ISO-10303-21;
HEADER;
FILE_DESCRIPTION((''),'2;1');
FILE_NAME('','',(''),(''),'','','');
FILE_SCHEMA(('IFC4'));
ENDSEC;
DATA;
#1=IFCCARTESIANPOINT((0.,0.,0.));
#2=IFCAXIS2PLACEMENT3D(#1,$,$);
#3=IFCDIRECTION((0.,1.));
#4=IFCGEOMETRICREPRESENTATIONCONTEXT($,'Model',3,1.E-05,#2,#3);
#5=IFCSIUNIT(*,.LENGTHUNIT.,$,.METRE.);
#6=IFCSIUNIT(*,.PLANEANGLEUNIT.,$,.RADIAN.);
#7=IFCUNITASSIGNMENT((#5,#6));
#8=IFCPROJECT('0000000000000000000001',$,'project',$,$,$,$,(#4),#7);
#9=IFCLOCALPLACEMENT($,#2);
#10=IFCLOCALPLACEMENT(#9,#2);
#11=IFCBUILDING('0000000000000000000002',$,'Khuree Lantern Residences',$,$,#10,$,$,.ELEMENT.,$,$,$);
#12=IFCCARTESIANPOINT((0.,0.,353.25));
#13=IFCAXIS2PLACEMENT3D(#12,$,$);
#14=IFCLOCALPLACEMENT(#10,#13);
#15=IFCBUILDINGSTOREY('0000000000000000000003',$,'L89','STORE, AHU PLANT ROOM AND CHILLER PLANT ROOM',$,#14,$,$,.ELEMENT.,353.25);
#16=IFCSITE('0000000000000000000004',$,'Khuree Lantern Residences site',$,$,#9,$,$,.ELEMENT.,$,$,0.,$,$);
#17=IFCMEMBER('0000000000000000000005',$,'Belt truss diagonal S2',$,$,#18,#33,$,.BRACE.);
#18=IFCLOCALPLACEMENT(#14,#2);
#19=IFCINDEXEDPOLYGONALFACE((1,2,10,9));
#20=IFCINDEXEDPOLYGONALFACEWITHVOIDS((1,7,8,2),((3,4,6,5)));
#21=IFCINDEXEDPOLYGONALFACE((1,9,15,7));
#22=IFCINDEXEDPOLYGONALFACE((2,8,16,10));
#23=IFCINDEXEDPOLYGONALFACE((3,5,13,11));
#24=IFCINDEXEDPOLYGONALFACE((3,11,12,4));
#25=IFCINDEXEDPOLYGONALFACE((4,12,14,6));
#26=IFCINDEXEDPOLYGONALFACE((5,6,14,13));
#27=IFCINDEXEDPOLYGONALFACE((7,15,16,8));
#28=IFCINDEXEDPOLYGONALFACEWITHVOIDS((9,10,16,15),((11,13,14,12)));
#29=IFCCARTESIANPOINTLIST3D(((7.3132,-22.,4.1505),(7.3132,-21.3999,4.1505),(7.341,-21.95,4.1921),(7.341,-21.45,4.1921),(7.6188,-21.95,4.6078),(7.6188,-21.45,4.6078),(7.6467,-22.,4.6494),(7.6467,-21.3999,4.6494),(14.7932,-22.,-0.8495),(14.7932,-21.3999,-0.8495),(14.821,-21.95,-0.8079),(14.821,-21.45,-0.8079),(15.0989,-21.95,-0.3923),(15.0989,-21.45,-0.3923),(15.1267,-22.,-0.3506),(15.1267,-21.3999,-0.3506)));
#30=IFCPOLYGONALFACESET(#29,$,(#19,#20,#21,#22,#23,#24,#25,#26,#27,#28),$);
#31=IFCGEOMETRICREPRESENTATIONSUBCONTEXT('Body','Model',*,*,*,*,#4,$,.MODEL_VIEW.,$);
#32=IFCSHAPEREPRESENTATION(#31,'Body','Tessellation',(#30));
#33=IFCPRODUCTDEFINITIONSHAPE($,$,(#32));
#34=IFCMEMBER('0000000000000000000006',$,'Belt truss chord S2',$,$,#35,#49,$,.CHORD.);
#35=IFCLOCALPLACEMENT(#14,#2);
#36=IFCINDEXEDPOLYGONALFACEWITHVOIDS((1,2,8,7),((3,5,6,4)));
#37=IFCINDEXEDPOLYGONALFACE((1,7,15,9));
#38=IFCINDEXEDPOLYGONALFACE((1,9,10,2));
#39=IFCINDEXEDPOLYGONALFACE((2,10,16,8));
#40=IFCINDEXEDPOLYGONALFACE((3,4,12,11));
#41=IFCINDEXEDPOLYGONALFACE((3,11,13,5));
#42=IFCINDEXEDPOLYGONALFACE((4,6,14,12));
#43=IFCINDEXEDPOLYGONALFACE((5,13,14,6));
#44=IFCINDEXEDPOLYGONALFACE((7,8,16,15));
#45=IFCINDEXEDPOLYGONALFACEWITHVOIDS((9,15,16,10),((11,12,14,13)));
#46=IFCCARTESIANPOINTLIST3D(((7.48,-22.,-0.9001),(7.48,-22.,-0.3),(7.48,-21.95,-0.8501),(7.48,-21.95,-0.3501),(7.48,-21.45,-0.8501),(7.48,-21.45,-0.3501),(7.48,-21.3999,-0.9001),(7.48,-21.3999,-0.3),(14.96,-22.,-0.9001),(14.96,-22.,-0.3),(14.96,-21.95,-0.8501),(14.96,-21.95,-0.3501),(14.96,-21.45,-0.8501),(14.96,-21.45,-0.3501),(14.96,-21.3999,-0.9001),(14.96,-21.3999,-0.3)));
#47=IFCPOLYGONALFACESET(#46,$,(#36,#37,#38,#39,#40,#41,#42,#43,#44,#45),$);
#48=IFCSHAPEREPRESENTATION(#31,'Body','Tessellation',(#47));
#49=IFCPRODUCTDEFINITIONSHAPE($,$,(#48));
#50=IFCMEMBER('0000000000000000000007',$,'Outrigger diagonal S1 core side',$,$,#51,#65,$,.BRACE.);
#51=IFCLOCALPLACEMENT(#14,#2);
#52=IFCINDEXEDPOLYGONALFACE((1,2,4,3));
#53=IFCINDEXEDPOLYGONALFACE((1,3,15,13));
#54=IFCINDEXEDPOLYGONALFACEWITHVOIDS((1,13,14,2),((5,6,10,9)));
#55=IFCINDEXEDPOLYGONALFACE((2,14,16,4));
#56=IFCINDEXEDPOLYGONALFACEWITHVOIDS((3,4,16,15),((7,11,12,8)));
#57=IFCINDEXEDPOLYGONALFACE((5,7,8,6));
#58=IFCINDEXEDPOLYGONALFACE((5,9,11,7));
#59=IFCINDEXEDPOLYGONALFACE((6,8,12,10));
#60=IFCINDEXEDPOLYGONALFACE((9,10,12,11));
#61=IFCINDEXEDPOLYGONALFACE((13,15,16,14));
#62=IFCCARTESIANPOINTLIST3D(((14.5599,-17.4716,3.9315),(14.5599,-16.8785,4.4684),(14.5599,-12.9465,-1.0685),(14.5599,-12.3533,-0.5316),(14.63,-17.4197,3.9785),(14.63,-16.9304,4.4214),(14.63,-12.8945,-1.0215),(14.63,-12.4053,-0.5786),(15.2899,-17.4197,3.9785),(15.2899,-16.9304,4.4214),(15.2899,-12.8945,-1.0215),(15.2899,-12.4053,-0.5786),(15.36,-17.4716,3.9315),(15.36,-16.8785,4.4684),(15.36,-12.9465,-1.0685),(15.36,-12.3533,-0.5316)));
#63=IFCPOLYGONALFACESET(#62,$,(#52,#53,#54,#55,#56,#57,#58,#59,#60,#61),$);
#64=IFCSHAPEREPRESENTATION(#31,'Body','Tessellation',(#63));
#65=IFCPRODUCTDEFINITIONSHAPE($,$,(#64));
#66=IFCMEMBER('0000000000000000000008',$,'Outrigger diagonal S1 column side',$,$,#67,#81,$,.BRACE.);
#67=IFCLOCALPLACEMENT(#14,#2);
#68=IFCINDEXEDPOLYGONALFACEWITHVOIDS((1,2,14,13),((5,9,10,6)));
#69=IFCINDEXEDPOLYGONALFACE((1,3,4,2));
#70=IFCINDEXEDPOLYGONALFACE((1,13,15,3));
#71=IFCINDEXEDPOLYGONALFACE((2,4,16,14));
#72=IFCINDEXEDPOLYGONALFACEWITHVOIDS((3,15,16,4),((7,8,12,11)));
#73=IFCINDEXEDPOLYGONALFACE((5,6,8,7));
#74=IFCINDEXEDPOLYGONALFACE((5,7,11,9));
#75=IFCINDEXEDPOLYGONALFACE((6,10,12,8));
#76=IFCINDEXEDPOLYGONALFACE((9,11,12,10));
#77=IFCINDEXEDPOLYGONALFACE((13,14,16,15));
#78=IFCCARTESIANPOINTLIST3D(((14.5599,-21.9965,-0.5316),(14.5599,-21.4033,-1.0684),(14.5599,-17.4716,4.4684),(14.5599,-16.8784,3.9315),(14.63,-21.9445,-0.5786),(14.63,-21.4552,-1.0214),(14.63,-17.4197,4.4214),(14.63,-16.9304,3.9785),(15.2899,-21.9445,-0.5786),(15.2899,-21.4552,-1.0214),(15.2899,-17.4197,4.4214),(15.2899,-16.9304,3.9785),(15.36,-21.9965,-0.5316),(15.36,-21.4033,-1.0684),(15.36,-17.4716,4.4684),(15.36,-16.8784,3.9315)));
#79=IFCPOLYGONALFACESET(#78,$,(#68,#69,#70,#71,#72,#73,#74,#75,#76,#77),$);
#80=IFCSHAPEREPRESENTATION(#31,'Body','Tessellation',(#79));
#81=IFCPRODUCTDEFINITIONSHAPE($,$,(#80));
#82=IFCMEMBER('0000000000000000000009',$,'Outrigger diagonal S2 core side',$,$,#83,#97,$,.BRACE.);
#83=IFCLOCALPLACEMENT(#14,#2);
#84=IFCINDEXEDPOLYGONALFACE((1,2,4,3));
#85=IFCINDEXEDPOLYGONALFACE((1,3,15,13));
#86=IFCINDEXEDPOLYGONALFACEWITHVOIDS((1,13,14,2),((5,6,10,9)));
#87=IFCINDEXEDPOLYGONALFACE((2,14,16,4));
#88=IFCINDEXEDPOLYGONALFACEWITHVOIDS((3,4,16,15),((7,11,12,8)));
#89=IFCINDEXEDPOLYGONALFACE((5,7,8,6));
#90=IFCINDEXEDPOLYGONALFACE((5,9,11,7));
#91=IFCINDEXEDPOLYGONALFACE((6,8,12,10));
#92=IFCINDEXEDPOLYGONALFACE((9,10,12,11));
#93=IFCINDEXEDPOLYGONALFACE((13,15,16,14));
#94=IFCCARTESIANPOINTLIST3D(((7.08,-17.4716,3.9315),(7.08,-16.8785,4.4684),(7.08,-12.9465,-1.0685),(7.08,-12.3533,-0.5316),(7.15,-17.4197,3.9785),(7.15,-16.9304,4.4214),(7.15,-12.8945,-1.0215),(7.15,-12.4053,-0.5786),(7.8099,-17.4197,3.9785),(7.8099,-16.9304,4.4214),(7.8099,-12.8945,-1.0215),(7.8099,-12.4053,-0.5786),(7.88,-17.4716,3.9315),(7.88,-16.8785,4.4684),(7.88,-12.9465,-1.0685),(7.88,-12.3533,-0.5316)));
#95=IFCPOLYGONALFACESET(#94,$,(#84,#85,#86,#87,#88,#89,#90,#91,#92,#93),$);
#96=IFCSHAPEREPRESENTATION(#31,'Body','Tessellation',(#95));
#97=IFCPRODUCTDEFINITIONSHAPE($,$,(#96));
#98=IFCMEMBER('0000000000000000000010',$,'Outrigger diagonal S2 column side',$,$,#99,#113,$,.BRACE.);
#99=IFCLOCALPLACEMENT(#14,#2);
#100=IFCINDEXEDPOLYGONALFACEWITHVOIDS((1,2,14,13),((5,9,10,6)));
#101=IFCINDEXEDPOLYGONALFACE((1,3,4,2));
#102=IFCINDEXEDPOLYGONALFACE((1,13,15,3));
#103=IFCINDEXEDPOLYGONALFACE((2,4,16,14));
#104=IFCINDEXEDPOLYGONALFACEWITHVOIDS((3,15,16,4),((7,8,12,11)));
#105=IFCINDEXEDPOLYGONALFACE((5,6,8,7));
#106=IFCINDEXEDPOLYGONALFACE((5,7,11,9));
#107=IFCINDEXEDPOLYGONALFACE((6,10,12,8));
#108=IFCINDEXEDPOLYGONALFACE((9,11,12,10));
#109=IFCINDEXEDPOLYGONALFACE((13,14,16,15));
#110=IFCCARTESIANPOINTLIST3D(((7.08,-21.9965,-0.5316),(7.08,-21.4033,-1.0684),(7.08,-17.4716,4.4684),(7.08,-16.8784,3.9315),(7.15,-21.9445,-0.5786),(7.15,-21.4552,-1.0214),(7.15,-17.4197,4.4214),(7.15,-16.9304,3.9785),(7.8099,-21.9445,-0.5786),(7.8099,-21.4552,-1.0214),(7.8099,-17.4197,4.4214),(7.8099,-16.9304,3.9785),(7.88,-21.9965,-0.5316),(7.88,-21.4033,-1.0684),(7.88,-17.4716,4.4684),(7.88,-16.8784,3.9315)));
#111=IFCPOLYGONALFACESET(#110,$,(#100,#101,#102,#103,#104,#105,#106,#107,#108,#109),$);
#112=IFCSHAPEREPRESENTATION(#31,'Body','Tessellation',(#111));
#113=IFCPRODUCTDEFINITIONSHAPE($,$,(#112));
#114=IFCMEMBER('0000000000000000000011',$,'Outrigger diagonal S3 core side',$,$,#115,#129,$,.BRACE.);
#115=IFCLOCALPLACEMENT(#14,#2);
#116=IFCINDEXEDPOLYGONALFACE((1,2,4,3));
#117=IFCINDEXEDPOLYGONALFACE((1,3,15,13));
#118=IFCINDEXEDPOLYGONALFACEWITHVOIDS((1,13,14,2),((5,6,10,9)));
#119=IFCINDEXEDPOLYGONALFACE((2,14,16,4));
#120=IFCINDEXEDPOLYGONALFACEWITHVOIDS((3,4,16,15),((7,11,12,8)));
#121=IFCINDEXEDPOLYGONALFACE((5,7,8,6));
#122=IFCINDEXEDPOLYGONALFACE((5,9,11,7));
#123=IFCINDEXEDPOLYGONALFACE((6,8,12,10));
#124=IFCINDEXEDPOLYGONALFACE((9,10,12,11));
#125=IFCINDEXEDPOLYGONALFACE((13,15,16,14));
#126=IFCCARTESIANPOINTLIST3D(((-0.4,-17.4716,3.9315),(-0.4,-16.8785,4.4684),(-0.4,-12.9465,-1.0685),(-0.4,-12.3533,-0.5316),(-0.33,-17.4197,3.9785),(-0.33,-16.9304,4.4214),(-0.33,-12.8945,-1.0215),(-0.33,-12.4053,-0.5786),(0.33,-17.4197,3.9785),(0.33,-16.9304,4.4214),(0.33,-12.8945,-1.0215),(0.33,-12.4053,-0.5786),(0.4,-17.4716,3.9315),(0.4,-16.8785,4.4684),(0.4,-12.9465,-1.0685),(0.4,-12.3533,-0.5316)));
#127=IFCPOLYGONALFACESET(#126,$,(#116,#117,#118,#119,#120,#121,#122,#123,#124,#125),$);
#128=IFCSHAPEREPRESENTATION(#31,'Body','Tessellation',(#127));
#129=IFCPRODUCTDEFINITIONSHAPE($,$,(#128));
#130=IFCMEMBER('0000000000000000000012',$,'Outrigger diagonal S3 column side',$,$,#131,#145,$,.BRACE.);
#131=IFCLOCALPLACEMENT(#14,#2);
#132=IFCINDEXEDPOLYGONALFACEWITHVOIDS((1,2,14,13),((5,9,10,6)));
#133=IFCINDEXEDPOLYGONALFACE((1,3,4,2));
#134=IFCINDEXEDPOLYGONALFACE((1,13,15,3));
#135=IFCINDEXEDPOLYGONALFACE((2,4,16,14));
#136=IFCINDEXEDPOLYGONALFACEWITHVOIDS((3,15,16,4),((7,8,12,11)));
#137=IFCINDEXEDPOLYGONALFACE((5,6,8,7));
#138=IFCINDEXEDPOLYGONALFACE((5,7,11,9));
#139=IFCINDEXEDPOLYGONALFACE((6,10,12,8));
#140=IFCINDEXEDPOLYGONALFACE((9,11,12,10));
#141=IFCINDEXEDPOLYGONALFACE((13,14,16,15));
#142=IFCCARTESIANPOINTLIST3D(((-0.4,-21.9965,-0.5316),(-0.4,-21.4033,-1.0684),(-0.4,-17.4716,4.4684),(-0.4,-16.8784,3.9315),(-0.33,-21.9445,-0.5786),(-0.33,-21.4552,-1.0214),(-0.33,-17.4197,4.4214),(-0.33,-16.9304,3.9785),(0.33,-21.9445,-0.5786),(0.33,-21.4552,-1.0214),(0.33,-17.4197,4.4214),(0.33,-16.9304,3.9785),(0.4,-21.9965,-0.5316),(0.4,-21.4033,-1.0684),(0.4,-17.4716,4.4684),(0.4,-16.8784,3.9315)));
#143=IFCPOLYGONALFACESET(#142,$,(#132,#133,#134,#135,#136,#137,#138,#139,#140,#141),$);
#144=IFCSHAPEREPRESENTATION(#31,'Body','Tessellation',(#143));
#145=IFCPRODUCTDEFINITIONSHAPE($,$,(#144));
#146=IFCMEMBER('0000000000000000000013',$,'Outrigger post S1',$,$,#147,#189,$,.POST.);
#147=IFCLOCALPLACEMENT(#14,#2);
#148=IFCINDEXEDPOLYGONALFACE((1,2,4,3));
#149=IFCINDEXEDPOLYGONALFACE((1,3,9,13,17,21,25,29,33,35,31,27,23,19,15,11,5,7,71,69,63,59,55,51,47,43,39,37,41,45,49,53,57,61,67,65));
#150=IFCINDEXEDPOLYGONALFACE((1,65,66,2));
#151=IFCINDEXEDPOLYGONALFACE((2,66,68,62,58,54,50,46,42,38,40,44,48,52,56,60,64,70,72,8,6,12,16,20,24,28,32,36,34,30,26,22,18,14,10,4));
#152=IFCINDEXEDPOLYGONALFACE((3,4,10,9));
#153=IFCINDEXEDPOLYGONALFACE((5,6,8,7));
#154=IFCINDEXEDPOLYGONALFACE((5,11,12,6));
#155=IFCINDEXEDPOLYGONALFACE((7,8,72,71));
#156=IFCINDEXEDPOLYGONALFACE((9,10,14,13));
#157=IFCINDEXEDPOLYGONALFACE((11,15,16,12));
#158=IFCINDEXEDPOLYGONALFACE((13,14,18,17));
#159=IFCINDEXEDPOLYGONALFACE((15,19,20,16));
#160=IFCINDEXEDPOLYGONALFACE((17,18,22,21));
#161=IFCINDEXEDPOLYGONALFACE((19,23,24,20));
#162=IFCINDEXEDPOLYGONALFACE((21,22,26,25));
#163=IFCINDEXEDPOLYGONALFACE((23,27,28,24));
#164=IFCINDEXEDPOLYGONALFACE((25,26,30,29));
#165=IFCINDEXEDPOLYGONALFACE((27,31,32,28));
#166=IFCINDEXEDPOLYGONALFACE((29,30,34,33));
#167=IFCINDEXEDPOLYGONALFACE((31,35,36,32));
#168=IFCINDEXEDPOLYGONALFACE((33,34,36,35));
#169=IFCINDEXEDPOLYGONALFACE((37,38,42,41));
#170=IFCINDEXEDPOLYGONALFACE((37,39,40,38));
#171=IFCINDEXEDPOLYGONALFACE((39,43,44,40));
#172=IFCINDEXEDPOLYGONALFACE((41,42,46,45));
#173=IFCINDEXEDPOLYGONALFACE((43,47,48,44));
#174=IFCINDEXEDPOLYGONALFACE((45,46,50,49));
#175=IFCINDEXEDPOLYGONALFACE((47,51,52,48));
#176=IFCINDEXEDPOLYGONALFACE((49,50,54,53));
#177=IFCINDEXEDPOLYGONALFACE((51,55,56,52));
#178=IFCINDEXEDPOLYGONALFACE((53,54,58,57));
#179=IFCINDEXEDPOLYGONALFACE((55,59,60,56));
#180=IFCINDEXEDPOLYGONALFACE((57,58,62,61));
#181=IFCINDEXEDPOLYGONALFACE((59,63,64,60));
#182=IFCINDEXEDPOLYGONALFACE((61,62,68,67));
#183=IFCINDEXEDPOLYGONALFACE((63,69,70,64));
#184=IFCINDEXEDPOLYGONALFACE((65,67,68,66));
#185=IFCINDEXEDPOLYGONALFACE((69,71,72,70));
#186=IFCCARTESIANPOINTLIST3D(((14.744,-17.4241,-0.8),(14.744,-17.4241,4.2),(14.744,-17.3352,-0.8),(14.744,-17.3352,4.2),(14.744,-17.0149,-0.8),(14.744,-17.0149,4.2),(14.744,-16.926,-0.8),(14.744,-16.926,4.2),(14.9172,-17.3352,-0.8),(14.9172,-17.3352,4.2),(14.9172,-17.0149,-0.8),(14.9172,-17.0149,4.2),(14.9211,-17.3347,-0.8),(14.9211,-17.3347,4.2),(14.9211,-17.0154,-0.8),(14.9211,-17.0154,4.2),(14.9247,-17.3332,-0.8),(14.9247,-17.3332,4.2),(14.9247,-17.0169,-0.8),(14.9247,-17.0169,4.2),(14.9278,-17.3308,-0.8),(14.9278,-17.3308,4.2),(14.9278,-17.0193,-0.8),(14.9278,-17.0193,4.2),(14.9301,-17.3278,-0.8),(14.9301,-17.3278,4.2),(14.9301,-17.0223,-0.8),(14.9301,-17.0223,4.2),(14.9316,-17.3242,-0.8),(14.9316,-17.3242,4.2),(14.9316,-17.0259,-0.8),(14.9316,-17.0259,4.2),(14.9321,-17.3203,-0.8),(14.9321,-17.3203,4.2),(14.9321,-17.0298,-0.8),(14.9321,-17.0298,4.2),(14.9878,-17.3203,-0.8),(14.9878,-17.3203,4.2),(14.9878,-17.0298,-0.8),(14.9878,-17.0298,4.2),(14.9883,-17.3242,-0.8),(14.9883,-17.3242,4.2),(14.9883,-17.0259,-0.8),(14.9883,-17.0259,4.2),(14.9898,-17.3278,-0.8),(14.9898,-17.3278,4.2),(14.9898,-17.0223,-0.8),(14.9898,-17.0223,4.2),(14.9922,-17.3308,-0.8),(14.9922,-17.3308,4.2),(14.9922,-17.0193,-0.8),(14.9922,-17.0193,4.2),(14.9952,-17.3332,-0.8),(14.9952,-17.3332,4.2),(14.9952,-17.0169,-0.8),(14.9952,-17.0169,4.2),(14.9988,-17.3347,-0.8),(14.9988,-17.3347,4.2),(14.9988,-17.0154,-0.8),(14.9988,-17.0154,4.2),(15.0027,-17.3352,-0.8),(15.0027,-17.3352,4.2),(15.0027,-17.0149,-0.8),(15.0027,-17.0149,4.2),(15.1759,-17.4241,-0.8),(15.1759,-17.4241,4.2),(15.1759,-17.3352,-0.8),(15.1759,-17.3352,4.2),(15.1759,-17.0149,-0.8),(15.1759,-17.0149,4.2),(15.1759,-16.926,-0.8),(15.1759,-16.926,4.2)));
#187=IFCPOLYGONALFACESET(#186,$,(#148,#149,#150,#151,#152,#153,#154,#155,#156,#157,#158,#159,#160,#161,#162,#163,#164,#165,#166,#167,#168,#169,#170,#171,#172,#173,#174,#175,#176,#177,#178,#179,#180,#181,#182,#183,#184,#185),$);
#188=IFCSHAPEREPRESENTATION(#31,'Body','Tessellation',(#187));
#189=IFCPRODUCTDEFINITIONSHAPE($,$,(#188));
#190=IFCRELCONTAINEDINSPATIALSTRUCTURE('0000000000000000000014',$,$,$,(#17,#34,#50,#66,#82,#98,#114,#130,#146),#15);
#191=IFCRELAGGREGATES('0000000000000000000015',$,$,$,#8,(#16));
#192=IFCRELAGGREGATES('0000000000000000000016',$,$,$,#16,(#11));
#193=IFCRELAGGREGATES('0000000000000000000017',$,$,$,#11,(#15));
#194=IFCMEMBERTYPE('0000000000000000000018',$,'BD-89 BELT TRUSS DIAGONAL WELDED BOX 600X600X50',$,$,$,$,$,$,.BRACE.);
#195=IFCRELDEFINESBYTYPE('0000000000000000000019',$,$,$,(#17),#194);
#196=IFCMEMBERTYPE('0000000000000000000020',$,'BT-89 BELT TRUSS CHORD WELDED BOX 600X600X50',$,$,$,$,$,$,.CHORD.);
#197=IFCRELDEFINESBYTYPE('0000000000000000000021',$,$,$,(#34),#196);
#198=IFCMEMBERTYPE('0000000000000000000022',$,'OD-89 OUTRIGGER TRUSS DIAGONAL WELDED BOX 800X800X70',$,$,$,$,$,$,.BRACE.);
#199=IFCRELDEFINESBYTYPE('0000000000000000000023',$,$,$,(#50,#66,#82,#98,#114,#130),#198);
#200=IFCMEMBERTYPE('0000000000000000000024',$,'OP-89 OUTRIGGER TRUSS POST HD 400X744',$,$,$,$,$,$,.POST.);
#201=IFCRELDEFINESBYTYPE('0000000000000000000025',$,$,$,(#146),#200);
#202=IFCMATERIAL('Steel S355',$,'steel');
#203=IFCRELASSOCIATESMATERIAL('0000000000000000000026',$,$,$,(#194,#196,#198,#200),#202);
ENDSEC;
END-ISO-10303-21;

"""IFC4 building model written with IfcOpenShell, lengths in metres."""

from ifc_helpers import new_model, si_unit, direction, frame, origin, origin_2d, place, context, subcontext, project, spatial, hollow_rectangle, i_section, extrude, material, material_profile, profile_set, type_object, element, save


model = new_model("IFC4")

# Units and contexts
model_context = context("Model", 3, precision=1e-05, world=origin(), true_north=direction((0.0, 1.0)))
body_context = subcontext(model_context, "Body", "Model", "MODEL_VIEW")
ifc_project = project(units=[si_unit("LENGTHUNIT", "METRE"), si_unit("PLANEANGLEUNIT", "RADIAN")], contexts=[model_context])

# Site, building, storey
site_placement = place(None, origin())
site = spatial("IfcSite", under=ifc_project, at=site_placement, Name="Khuree Lantern Residences site", CompositionType="ELEMENT", RefElevation=0.0)
building_placement = place(site_placement, origin())
building = spatial("IfcBuilding", under=site, at=building_placement, Name="Khuree Lantern Residences", CompositionType="ELEMENT")
storey_placement = place(building_placement, frame((0.0, 0.0, 353.25)))
storey = spatial("IfcBuildingStorey", under=building, at=storey_placement, Name="L89", Description="STORE, AHU PLANT ROOM AND CHILLER PLANT ROOM", CompositionType="ELEMENT", Elevation=353.25)

# Members
ifc_material_1 = material(Name="Steel S355", Category="steel")
ifc_material_profile_1 = material_profile(ifc_material_1, hollow_rectangle(XDim=0.6001, YDim=0.6001, WallThickness=0.05, at=origin_2d()), Name="WELDED BOX 600X600X50")
ifc_profile_set_1 = profile_set([ifc_material_profile_1], Name="Steel S355")
member_type_1 = type_object("IfcMemberType", Name="BD-89 BELT TRUSS DIAGONAL WELDED BOX 600X600X50", PredefinedType="BRACE", material=ifc_profile_set_1)
member_1_placement = place(storey_placement, frame((14.96, -21.7, -0.6001), z_axis=(-0.831365, 0.0, 0.555727), x_axis=(0.0, -1.0, 0.0)))
element("IfcMember", 1, at=member_1_placement, inside=storey, type_object=member_type_1, Name="Belt truss diagonal S2", PredefinedType="BRACE", context=body_context, shape_type="SweptSolid", body=[
    extrude(hollow_rectangle(XDim=0.6001, YDim=0.6001, WallThickness=0.05, at=origin_2d()), origin(), (0.0, 0.0, 1.0), 8.9973),
])
ifc_material_profile_2 = material_profile(ifc_material_1, hollow_rectangle(XDim=0.6001, YDim=0.6001, WallThickness=0.05, at=origin_2d()), Name="WELDED BOX 600X600X50")
ifc_profile_set_2 = profile_set([ifc_material_profile_2], Name="Steel S355")
member_type_2 = type_object("IfcMemberType", Name="BT-89 BELT TRUSS CHORD WELDED BOX 600X600X50", PredefinedType="CHORD", material=ifc_profile_set_2)
member_2_placement = place(storey_placement, frame((14.96, -21.7, -0.6001), z_axis=(-1.0, 0.0, 0.0), x_axis=(0.0, -1.0, 0.0)))
element("IfcMember", 2, at=member_2_placement, inside=storey, type_object=member_type_2, Name="Belt truss chord S2", PredefinedType="CHORD", context=body_context, shape_type="SweptSolid", body=[
    extrude(hollow_rectangle(XDim=0.6001, YDim=0.6001, WallThickness=0.05, at=origin_2d()), origin(), (0.0, 0.0, 1.0), 7.48),
])
ifc_material_profile_3 = material_profile(ifc_material_1, hollow_rectangle(XDim=0.8, YDim=0.8, WallThickness=0.0701, at=origin_2d()), Name="WELDED BOX 800X800X70")
ifc_profile_set_3 = profile_set([ifc_material_profile_3], Name="Steel S355")
member_type_3 = type_object("IfcMemberType", Name="OD-89 OUTRIGGER TRUSS DIAGONAL WELDED BOX 800X800X70", PredefinedType="BRACE", material=ifc_profile_set_3)
member_3_placement = place(storey_placement, frame((14.96, -12.6499, -0.8), z_axis=(0.0, -0.671022, 0.741437), x_axis=(1.0, 0.0, 0.0)))
element("IfcMember", 3, at=member_3_placement, inside=storey, type_object=member_type_3, Name="Outrigger diagonal S1 core side", PredefinedType="BRACE", context=body_context, shape_type="SweptSolid", body=[
    extrude(hollow_rectangle(XDim=0.8, YDim=0.8, WallThickness=0.0701, at=origin_2d()), origin(), (0.0, 0.0, 1.0), 6.7437),
])
member_4_placement = place(storey_placement, frame((14.96, -17.175, 4.2), z_axis=(0.0, -0.671002, -0.741455), x_axis=(1.0, 0.0, 0.0)))
element("IfcMember", 4, at=member_4_placement, inside=storey, type_object=member_type_3, Name="Outrigger diagonal S1 column side", PredefinedType="BRACE", context=body_context, shape_type="SweptSolid", body=[
    extrude(hollow_rectangle(XDim=0.8, YDim=0.8, WallThickness=0.0701, at=origin_2d()), origin(), (0.0, 0.0, 1.0), 6.7434),
])
member_5_placement = place(storey_placement, frame((7.48, -12.6499, -0.8), z_axis=(0.0, -0.671022, 0.741437), x_axis=(1.0, 0.0, 0.0)))
element("IfcMember", 5, at=member_5_placement, inside=storey, type_object=member_type_3, Name="Outrigger diagonal S2 core side", PredefinedType="BRACE", context=body_context, shape_type="SweptSolid", body=[
    extrude(hollow_rectangle(XDim=0.8, YDim=0.8, WallThickness=0.0701, at=origin_2d()), origin(), (0.0, 0.0, 1.0), 6.7437),
])
member_6_placement = place(storey_placement, frame((7.48, -17.175, 4.2), z_axis=(0.0, -0.671002, -0.741455), x_axis=(1.0, 0.0, 0.0)))
element("IfcMember", 6, at=member_6_placement, inside=storey, type_object=member_type_3, Name="Outrigger diagonal S2 column side", PredefinedType="BRACE", context=body_context, shape_type="SweptSolid", body=[
    extrude(hollow_rectangle(XDim=0.8, YDim=0.8, WallThickness=0.0701, at=origin_2d()), origin(), (0.0, 0.0, 1.0), 6.7434),
])
member_7_placement = place(storey_placement, frame((0.0, -12.6499, -0.8), z_axis=(0.0, -0.671022, 0.741437), x_axis=(1.0, 0.0, 0.0)))
element("IfcMember", 7, at=member_7_placement, inside=storey, type_object=member_type_3, Name="Outrigger diagonal S3 core side", PredefinedType="BRACE", context=body_context, shape_type="SweptSolid", body=[
    extrude(hollow_rectangle(XDim=0.8, YDim=0.8, WallThickness=0.0701, at=origin_2d()), origin(), (0.0, 0.0, 1.0), 6.7437),
])
member_8_placement = place(storey_placement, frame((0.0, -17.175, 4.2), z_axis=(0.0, -0.671002, -0.741455), x_axis=(1.0, 0.0, 0.0)))
element("IfcMember", 8, at=member_8_placement, inside=storey, type_object=member_type_3, Name="Outrigger diagonal S3 column side", PredefinedType="BRACE", context=body_context, shape_type="SweptSolid", body=[
    extrude(hollow_rectangle(XDim=0.8, YDim=0.8, WallThickness=0.0701, at=origin_2d()), origin(), (0.0, 0.0, 1.0), 6.7434),
])
ifc_material_profile_4 = material_profile(ifc_material_1, i_section(OverallWidth=0.4319, OverallDepth=0.498, WebThickness=0.0557, FlangeThickness=0.0889, FilletRadius=0.0149, at=origin_2d()), Name="HD 400X744")
ifc_profile_set_4 = profile_set([ifc_material_profile_4], Name="Steel S355")
member_type_4 = type_object("IfcMemberType", Name="OP-89 OUTRIGGER TRUSS POST HD 400X744", PredefinedType="POST", material=ifc_profile_set_4)
for number, where, z_axis, x_axis, name in (
    (9, (14.96, -17.175, -0.8), (0.0, 0.0, 1.0), (1.0, 0.0, 0.0), "Outrigger post S1"),
):
    element("IfcMember", number, at=place(storey_placement, frame(where, z_axis=z_axis, x_axis=x_axis)), inside=storey, type_object=member_type_4, Name=name, PredefinedType="POST", context=body_context, shape_type="SweptSolid", body=[
        extrude(i_section(OverallWidth=0.4319, OverallDepth=0.498, WebThickness=0.0557, FlangeThickness=0.0889, FilletRadius=0.0149, at=origin_2d()), origin(), (0.0, 0.0, 1.0), 5.0),
    ])

save(model, "model.ifc")
